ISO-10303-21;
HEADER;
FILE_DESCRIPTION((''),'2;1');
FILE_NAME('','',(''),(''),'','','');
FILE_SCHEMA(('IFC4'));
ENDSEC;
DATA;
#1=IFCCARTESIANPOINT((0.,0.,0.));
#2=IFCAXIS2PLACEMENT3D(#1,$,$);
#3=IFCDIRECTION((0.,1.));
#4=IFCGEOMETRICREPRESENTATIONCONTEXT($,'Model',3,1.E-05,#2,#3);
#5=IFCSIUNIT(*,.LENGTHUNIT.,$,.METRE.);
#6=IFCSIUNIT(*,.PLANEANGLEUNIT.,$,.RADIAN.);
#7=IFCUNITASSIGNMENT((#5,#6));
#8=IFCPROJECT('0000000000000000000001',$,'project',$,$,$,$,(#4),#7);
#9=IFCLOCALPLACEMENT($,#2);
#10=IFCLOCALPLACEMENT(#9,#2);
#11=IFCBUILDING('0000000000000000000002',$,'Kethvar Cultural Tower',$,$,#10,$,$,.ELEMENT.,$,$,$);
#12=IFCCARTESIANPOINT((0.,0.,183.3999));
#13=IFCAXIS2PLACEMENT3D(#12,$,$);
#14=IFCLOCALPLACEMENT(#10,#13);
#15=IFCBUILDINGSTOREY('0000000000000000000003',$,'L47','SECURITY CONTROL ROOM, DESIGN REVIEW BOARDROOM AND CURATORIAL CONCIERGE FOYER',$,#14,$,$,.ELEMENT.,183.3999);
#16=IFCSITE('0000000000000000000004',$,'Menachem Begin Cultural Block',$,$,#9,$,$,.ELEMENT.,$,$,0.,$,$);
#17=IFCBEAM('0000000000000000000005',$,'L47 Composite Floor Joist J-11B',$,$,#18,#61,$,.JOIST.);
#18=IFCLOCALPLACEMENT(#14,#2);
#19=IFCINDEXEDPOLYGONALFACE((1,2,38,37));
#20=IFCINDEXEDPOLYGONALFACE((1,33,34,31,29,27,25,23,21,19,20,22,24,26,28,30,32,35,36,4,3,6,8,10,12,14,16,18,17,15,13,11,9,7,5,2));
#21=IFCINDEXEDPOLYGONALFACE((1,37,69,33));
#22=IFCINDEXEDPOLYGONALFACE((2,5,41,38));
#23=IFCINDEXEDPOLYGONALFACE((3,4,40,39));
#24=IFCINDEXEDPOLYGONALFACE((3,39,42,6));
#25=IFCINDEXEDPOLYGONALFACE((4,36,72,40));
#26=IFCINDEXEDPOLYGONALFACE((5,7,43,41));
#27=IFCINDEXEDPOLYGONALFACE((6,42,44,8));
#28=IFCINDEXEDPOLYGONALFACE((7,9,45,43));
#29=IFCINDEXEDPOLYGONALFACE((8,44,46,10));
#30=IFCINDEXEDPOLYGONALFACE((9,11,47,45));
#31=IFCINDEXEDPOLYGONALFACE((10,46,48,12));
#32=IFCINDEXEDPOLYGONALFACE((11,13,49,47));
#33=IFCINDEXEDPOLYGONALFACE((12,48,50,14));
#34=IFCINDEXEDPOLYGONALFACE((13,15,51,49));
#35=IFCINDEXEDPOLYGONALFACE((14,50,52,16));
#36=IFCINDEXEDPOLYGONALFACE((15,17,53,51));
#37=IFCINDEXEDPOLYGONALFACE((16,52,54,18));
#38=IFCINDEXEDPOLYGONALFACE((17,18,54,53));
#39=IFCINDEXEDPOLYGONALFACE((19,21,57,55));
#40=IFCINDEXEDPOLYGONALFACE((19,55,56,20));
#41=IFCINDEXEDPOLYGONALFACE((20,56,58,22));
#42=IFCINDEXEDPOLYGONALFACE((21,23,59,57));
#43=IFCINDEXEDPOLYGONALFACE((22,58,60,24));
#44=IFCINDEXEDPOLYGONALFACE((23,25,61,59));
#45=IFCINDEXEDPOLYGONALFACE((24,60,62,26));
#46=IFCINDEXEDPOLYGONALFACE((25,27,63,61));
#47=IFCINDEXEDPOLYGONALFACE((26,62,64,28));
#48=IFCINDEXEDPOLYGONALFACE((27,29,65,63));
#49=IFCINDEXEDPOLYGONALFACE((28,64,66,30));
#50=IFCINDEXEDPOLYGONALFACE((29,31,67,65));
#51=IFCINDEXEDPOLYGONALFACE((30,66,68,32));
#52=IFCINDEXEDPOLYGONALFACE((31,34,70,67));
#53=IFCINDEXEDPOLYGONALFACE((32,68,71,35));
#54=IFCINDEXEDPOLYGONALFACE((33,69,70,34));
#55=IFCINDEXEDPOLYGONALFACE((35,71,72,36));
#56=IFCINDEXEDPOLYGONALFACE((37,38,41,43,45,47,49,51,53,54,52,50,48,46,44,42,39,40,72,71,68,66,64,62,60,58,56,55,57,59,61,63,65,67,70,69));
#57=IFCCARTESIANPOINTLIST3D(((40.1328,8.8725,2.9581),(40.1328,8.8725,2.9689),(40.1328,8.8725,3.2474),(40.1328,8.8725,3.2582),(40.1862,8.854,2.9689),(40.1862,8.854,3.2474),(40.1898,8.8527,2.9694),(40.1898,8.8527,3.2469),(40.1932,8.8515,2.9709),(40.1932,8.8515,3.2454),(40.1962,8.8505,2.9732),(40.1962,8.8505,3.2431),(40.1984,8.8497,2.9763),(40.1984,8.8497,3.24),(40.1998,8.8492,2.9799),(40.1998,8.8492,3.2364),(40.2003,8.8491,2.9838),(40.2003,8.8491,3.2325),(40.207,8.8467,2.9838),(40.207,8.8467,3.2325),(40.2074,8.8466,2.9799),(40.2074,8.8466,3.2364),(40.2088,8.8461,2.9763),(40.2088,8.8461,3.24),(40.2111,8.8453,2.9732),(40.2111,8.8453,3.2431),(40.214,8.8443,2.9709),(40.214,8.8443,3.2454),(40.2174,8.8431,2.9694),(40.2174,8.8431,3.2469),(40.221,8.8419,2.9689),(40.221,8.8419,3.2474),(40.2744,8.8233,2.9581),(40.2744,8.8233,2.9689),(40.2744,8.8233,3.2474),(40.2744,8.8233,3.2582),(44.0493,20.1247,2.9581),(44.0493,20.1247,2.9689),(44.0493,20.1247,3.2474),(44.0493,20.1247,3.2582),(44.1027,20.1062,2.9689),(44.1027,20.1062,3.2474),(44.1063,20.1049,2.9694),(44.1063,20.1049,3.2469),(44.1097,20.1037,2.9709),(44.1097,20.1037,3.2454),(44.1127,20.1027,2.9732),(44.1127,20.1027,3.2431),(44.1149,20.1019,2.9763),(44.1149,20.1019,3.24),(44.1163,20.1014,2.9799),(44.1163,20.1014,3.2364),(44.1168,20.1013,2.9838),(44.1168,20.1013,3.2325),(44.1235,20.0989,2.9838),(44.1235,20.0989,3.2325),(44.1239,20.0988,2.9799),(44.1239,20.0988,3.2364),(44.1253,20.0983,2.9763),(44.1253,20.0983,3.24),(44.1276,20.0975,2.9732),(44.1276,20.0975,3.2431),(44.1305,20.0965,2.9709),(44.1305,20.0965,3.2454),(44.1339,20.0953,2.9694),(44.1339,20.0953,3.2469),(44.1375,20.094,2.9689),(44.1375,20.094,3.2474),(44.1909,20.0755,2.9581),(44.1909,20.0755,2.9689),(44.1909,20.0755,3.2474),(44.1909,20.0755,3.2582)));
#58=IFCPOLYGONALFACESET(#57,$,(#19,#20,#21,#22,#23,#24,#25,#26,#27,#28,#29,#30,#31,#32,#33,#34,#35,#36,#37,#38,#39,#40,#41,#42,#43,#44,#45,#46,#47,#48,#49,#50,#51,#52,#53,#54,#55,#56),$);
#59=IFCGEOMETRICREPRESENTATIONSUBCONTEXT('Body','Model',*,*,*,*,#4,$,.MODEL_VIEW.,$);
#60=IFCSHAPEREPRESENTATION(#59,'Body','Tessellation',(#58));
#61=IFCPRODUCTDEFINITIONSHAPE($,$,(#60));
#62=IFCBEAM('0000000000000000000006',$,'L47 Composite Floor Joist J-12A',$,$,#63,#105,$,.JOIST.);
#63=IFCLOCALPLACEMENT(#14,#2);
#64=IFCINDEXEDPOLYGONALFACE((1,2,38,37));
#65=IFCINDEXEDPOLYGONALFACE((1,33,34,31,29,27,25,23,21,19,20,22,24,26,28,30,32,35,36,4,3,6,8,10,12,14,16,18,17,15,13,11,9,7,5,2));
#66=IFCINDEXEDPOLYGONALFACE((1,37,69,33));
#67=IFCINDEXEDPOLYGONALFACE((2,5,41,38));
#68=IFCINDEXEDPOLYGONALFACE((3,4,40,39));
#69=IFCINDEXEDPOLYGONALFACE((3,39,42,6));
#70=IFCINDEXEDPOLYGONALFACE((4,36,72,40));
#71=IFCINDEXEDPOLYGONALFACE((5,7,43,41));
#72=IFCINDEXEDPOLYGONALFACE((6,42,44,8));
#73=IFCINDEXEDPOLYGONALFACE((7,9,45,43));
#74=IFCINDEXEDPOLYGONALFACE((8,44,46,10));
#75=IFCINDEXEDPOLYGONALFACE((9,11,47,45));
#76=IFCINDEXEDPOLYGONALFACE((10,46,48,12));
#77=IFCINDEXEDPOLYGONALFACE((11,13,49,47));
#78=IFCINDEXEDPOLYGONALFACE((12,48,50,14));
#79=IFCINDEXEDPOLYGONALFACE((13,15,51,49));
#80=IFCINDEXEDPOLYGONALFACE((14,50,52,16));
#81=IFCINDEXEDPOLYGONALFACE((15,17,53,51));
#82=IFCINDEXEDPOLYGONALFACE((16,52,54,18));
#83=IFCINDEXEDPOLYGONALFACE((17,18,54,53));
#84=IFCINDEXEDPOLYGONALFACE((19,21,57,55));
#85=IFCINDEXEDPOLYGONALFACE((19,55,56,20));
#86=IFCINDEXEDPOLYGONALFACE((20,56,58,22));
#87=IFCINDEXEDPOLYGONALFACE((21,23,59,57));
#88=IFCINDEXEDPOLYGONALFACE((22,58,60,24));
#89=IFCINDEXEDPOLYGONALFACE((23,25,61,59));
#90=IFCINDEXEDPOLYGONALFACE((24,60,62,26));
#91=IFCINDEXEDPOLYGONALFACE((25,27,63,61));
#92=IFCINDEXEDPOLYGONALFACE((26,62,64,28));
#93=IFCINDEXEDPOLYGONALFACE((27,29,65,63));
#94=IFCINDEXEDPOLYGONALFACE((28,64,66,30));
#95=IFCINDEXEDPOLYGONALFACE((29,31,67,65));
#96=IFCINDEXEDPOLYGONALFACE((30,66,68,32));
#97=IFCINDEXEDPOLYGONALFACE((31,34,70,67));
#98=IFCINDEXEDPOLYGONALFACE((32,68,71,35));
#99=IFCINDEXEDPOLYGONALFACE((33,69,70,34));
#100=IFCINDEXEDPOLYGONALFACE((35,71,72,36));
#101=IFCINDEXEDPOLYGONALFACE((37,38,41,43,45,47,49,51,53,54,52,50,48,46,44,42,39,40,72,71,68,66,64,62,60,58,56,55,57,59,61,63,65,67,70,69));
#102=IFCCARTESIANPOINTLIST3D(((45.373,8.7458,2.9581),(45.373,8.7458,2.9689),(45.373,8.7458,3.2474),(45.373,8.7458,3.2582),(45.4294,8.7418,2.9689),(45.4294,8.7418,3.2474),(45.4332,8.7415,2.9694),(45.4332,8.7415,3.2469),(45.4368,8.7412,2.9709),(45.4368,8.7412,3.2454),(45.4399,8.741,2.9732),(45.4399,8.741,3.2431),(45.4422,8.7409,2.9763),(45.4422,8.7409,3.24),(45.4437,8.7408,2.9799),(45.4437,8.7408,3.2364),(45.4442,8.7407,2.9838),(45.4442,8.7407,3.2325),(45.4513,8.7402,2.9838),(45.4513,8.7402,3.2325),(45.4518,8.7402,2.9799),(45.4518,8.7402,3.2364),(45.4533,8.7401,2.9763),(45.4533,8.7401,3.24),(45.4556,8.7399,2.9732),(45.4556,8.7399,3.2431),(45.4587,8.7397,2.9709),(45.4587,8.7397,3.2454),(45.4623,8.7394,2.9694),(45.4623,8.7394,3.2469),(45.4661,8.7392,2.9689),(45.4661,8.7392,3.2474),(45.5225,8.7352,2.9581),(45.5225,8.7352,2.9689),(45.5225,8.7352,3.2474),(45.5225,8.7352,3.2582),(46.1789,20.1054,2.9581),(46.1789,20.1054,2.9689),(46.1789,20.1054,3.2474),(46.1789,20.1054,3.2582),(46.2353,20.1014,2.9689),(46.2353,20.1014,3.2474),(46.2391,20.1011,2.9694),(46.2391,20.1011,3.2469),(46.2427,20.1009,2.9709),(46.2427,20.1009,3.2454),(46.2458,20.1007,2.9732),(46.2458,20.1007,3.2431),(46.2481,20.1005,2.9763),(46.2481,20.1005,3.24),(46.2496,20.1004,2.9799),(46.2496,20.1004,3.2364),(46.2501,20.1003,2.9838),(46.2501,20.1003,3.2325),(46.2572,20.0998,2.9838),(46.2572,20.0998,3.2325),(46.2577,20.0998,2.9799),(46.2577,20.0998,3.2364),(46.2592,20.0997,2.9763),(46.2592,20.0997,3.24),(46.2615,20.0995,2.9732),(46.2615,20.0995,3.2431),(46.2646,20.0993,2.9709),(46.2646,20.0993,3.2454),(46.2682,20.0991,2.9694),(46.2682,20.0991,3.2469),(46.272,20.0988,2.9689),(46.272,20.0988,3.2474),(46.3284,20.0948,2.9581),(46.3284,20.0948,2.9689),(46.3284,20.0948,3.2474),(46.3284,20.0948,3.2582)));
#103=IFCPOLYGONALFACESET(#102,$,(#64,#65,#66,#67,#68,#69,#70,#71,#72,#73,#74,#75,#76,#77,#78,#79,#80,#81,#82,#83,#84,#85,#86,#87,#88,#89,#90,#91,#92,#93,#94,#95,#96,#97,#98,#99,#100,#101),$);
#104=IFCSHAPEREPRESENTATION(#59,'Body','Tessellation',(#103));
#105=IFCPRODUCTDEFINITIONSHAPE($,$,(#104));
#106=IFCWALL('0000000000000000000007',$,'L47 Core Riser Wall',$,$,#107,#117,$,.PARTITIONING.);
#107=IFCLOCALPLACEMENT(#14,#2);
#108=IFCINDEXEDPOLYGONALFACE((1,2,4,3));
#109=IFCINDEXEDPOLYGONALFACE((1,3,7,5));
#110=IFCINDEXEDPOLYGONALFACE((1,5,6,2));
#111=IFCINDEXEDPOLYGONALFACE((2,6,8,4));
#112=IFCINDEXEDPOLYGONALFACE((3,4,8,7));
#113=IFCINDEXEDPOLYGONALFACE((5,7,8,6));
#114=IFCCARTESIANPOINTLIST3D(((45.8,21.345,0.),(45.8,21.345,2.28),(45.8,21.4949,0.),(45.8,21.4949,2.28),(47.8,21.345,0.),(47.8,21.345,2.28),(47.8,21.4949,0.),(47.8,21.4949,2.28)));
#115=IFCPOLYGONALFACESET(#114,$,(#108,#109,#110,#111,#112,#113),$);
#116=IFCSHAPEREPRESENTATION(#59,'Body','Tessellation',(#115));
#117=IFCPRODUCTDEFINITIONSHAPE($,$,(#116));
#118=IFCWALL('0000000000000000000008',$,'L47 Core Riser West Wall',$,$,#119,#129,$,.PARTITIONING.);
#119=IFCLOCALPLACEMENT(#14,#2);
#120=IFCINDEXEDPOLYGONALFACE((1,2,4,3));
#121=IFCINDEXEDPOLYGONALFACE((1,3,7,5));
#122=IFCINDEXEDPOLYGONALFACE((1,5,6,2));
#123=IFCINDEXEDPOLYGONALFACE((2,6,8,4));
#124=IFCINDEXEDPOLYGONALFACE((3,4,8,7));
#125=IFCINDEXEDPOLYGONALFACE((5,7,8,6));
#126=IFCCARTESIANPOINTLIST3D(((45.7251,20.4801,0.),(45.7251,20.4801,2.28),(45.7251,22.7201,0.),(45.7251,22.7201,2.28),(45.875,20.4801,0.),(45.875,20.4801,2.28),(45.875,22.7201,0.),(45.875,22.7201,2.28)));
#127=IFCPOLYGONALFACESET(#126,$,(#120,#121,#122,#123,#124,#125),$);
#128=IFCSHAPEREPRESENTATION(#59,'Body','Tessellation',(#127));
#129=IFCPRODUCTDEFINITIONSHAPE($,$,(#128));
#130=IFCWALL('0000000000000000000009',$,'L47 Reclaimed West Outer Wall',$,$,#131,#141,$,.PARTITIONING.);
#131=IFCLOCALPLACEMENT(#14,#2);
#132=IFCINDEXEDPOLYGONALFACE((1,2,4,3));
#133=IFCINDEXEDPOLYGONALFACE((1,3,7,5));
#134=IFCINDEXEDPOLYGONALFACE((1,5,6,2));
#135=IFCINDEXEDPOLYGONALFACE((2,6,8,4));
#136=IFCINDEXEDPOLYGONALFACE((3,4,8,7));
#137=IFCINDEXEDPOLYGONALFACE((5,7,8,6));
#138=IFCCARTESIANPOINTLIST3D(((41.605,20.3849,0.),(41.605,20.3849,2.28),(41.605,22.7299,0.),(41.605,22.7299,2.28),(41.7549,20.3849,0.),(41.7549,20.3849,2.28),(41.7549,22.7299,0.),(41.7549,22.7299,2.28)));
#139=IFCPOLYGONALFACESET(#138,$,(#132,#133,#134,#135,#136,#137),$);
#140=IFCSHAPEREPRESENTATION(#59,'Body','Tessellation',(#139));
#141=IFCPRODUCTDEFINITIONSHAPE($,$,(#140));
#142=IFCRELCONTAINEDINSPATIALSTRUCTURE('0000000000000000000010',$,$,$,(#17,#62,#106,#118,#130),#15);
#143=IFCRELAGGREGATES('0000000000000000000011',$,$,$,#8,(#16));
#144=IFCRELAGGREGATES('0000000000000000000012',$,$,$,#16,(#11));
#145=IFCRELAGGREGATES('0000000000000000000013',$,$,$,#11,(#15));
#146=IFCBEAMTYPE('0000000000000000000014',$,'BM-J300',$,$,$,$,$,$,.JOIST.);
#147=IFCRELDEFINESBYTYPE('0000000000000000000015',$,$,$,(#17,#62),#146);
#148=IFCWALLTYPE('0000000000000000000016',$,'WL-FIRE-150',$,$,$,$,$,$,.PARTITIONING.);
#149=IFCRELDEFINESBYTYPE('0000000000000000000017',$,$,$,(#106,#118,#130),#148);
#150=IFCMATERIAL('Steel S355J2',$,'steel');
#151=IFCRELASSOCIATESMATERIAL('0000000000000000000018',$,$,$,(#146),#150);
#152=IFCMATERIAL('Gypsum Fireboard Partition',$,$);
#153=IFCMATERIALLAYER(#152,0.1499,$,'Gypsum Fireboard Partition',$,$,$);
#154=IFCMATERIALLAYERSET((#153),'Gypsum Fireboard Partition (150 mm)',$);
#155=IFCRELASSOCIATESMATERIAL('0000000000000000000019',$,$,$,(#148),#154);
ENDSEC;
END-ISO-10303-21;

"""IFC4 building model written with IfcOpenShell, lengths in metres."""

from ifc_helpers import new_model, si_unit, direction, frame, frame_2d, origin, origin_2d, place, context, subcontext, project, spatial, rectangle, i_section, extrude, source, transform, mapped, material, layer, layer_set, material_profile, profile_set, type_object, element, save


model = new_model("IFC4")

# Units and contexts
model_context = context("Model", 3, precision=1e-05, world=origin(), true_north=direction((0.0, 1.0)))
body_context = subcontext(model_context, "Body", "Model", "MODEL_VIEW")
ifc_project = project(units=[si_unit("LENGTHUNIT", "METRE"), si_unit("PLANEANGLEUNIT", "RADIAN")], contexts=[model_context])

# Site, building, storey
site_placement = place(None, origin())
site = spatial("IfcSite", under=ifc_project, at=site_placement, Name="Menachem Begin Cultural Block", CompositionType="ELEMENT", RefElevation=0.0)
building_placement = place(site_placement, origin())
building = spatial("IfcBuilding", under=site, at=building_placement, Name="Kethvar Cultural Tower", CompositionType="ELEMENT")
storey_placement = place(building_placement, frame((0.0, 0.0, 183.3999)))
storey = spatial("IfcBuildingStorey", under=building, at=storey_placement, Name="L47", Description="SECURITY CONTROL ROOM, DESIGN REVIEW BOARDROOM AND CURATORIAL CONCIERGE FOYER", CompositionType="ELEMENT", Elevation=183.3999)

# Beams
ifc_material_1 = material(Name="Steel S355J2", Category="steel")
ifc_material_profile_1 = material_profile(ifc_material_1, i_section(OverallWidth=0.1499, OverallDepth=0.3, WebThickness=0.0071, FlangeThickness=0.0107, FilletRadius=0.0149, at=origin_2d()), Name="Steel S355J2 — IPE300")
ifc_profile_set_1 = profile_set([ifc_material_profile_1], Name="Steel S355J2 — IPE300")
beam_type_1 = type_object("IfcBeamType", Name="BM-J300", PredefinedType="JOIST", material=ifc_profile_set_1)
shared_shape_1 = source(origin(), body_context, "Body", "SweptSolid", [
    extrude(i_section(OverallWidth=0.1499, OverallDepth=0.3, WebThickness=0.0071, FlangeThickness=0.0107, FilletRadius=0.0149, at=origin_2d()), origin(), (0.0, 0.0, 1.0), 11.9143),
])
beam_1_placement = place(storey_placement, frame((44.1201, 20.1001, 3.1082), z_axis=(-0.328722, -0.944427, 0.0), x_axis=(0.944427, -0.328722, 0.0)))
element("IfcBeam", 1, at=beam_1_placement, inside=storey, type_object=beam_type_1, Name="L47 Composite Floor Joist J-11B", PredefinedType="JOIST", context=body_context, shape_type="MappedRepresentation", body=[
    mapped(shared_shape_1, transform((0.0, 0.0, 0.0), scale=1.0)),
])
shared_shape_2 = source(origin(), body_context, "Body", "SweptSolid", [
    extrude(i_section(OverallWidth=0.1499, OverallDepth=0.3, WebThickness=0.0071, FlangeThickness=0.0107, FilletRadius=0.0149, at=origin_2d()), origin(), (0.0, 0.0, 1.0), 11.3882),
])
beam_2_placement = place(storey_placement, frame((46.2537, 20.1001, 3.1082), z_axis=(-0.070767, -0.997493, 0.0), x_axis=(0.997493, -0.070767, 0.0)))
element("IfcBeam", 2, at=beam_2_placement, inside=storey, type_object=beam_type_1, Name="L47 Composite Floor Joist J-12A", PredefinedType="JOIST", context=body_context, shape_type="MappedRepresentation", body=[
    mapped(shared_shape_2, transform((0.0, 0.0, 0.0), scale=1.0)),
])

# Walls
ifc_material_2 = material(Name="Gypsum Fireboard Partition")
ifc_layer_1 = layer(ifc_material_2, 0.1499, Name="Gypsum Fireboard Partition")
ifc_layer_set_1 = layer_set([ifc_layer_1], Name="Gypsum Fireboard Partition (150 mm)")
wall_type_1 = type_object("IfcWallType", Name="WL-FIRE-150", PredefinedType="PARTITIONING", material=ifc_layer_set_1)
wall_1_placement = place(storey_placement, frame((45.8, 21.4199, 0.0), z_axis=(0.0, 0.0, 1.0), x_axis=(1.0, 0.0, 0.0)))
element("IfcWall", 3, at=wall_1_placement, inside=storey, type_object=wall_type_1, Name="L47 Core Riser Wall", PredefinedType="PARTITIONING", context=body_context, shape_type="SweptSolid", body=[
    extrude(rectangle(XDim=2.0, YDim=0.1499, at=frame_2d((1.0, 0.0))), origin(), (0.0, 0.0, 1.0), 2.28),
])
wall_2_placement = place(storey_placement, frame((45.8, 20.48, 0.0), z_axis=(0.0, 0.0, 1.0), x_axis=(0.0, 1.0, 0.0)))
element("IfcWall", 4, at=wall_2_placement, inside=storey, type_object=wall_type_1, Name="L47 Core Riser West Wall", PredefinedType="PARTITIONING", context=body_context, shape_type="SweptSolid", body=[
    extrude(rectangle(XDim=2.24, YDim=0.1499, at=frame_2d((1.1201, 0.0))), origin(), (0.0, 0.0, 1.0), 2.28),
])
wall_3_placement = place(storey_placement, frame((41.6799, 20.385, 0.0), z_axis=(0.0, 0.0, 1.0), x_axis=(0.0, 1.0, 0.0)))
element("IfcWall", 5, at=wall_3_placement, inside=storey, type_object=wall_type_1, Name="L47 Reclaimed West Outer Wall", PredefinedType="PARTITIONING", context=body_context, shape_type="SweptSolid", body=[
    extrude(rectangle(XDim=2.345, YDim=0.1499, at=frame_2d((1.1724, 0.0))), origin(), (0.0, 0.0, 1.0), 2.28),
])

save(model, "model.ifc")
